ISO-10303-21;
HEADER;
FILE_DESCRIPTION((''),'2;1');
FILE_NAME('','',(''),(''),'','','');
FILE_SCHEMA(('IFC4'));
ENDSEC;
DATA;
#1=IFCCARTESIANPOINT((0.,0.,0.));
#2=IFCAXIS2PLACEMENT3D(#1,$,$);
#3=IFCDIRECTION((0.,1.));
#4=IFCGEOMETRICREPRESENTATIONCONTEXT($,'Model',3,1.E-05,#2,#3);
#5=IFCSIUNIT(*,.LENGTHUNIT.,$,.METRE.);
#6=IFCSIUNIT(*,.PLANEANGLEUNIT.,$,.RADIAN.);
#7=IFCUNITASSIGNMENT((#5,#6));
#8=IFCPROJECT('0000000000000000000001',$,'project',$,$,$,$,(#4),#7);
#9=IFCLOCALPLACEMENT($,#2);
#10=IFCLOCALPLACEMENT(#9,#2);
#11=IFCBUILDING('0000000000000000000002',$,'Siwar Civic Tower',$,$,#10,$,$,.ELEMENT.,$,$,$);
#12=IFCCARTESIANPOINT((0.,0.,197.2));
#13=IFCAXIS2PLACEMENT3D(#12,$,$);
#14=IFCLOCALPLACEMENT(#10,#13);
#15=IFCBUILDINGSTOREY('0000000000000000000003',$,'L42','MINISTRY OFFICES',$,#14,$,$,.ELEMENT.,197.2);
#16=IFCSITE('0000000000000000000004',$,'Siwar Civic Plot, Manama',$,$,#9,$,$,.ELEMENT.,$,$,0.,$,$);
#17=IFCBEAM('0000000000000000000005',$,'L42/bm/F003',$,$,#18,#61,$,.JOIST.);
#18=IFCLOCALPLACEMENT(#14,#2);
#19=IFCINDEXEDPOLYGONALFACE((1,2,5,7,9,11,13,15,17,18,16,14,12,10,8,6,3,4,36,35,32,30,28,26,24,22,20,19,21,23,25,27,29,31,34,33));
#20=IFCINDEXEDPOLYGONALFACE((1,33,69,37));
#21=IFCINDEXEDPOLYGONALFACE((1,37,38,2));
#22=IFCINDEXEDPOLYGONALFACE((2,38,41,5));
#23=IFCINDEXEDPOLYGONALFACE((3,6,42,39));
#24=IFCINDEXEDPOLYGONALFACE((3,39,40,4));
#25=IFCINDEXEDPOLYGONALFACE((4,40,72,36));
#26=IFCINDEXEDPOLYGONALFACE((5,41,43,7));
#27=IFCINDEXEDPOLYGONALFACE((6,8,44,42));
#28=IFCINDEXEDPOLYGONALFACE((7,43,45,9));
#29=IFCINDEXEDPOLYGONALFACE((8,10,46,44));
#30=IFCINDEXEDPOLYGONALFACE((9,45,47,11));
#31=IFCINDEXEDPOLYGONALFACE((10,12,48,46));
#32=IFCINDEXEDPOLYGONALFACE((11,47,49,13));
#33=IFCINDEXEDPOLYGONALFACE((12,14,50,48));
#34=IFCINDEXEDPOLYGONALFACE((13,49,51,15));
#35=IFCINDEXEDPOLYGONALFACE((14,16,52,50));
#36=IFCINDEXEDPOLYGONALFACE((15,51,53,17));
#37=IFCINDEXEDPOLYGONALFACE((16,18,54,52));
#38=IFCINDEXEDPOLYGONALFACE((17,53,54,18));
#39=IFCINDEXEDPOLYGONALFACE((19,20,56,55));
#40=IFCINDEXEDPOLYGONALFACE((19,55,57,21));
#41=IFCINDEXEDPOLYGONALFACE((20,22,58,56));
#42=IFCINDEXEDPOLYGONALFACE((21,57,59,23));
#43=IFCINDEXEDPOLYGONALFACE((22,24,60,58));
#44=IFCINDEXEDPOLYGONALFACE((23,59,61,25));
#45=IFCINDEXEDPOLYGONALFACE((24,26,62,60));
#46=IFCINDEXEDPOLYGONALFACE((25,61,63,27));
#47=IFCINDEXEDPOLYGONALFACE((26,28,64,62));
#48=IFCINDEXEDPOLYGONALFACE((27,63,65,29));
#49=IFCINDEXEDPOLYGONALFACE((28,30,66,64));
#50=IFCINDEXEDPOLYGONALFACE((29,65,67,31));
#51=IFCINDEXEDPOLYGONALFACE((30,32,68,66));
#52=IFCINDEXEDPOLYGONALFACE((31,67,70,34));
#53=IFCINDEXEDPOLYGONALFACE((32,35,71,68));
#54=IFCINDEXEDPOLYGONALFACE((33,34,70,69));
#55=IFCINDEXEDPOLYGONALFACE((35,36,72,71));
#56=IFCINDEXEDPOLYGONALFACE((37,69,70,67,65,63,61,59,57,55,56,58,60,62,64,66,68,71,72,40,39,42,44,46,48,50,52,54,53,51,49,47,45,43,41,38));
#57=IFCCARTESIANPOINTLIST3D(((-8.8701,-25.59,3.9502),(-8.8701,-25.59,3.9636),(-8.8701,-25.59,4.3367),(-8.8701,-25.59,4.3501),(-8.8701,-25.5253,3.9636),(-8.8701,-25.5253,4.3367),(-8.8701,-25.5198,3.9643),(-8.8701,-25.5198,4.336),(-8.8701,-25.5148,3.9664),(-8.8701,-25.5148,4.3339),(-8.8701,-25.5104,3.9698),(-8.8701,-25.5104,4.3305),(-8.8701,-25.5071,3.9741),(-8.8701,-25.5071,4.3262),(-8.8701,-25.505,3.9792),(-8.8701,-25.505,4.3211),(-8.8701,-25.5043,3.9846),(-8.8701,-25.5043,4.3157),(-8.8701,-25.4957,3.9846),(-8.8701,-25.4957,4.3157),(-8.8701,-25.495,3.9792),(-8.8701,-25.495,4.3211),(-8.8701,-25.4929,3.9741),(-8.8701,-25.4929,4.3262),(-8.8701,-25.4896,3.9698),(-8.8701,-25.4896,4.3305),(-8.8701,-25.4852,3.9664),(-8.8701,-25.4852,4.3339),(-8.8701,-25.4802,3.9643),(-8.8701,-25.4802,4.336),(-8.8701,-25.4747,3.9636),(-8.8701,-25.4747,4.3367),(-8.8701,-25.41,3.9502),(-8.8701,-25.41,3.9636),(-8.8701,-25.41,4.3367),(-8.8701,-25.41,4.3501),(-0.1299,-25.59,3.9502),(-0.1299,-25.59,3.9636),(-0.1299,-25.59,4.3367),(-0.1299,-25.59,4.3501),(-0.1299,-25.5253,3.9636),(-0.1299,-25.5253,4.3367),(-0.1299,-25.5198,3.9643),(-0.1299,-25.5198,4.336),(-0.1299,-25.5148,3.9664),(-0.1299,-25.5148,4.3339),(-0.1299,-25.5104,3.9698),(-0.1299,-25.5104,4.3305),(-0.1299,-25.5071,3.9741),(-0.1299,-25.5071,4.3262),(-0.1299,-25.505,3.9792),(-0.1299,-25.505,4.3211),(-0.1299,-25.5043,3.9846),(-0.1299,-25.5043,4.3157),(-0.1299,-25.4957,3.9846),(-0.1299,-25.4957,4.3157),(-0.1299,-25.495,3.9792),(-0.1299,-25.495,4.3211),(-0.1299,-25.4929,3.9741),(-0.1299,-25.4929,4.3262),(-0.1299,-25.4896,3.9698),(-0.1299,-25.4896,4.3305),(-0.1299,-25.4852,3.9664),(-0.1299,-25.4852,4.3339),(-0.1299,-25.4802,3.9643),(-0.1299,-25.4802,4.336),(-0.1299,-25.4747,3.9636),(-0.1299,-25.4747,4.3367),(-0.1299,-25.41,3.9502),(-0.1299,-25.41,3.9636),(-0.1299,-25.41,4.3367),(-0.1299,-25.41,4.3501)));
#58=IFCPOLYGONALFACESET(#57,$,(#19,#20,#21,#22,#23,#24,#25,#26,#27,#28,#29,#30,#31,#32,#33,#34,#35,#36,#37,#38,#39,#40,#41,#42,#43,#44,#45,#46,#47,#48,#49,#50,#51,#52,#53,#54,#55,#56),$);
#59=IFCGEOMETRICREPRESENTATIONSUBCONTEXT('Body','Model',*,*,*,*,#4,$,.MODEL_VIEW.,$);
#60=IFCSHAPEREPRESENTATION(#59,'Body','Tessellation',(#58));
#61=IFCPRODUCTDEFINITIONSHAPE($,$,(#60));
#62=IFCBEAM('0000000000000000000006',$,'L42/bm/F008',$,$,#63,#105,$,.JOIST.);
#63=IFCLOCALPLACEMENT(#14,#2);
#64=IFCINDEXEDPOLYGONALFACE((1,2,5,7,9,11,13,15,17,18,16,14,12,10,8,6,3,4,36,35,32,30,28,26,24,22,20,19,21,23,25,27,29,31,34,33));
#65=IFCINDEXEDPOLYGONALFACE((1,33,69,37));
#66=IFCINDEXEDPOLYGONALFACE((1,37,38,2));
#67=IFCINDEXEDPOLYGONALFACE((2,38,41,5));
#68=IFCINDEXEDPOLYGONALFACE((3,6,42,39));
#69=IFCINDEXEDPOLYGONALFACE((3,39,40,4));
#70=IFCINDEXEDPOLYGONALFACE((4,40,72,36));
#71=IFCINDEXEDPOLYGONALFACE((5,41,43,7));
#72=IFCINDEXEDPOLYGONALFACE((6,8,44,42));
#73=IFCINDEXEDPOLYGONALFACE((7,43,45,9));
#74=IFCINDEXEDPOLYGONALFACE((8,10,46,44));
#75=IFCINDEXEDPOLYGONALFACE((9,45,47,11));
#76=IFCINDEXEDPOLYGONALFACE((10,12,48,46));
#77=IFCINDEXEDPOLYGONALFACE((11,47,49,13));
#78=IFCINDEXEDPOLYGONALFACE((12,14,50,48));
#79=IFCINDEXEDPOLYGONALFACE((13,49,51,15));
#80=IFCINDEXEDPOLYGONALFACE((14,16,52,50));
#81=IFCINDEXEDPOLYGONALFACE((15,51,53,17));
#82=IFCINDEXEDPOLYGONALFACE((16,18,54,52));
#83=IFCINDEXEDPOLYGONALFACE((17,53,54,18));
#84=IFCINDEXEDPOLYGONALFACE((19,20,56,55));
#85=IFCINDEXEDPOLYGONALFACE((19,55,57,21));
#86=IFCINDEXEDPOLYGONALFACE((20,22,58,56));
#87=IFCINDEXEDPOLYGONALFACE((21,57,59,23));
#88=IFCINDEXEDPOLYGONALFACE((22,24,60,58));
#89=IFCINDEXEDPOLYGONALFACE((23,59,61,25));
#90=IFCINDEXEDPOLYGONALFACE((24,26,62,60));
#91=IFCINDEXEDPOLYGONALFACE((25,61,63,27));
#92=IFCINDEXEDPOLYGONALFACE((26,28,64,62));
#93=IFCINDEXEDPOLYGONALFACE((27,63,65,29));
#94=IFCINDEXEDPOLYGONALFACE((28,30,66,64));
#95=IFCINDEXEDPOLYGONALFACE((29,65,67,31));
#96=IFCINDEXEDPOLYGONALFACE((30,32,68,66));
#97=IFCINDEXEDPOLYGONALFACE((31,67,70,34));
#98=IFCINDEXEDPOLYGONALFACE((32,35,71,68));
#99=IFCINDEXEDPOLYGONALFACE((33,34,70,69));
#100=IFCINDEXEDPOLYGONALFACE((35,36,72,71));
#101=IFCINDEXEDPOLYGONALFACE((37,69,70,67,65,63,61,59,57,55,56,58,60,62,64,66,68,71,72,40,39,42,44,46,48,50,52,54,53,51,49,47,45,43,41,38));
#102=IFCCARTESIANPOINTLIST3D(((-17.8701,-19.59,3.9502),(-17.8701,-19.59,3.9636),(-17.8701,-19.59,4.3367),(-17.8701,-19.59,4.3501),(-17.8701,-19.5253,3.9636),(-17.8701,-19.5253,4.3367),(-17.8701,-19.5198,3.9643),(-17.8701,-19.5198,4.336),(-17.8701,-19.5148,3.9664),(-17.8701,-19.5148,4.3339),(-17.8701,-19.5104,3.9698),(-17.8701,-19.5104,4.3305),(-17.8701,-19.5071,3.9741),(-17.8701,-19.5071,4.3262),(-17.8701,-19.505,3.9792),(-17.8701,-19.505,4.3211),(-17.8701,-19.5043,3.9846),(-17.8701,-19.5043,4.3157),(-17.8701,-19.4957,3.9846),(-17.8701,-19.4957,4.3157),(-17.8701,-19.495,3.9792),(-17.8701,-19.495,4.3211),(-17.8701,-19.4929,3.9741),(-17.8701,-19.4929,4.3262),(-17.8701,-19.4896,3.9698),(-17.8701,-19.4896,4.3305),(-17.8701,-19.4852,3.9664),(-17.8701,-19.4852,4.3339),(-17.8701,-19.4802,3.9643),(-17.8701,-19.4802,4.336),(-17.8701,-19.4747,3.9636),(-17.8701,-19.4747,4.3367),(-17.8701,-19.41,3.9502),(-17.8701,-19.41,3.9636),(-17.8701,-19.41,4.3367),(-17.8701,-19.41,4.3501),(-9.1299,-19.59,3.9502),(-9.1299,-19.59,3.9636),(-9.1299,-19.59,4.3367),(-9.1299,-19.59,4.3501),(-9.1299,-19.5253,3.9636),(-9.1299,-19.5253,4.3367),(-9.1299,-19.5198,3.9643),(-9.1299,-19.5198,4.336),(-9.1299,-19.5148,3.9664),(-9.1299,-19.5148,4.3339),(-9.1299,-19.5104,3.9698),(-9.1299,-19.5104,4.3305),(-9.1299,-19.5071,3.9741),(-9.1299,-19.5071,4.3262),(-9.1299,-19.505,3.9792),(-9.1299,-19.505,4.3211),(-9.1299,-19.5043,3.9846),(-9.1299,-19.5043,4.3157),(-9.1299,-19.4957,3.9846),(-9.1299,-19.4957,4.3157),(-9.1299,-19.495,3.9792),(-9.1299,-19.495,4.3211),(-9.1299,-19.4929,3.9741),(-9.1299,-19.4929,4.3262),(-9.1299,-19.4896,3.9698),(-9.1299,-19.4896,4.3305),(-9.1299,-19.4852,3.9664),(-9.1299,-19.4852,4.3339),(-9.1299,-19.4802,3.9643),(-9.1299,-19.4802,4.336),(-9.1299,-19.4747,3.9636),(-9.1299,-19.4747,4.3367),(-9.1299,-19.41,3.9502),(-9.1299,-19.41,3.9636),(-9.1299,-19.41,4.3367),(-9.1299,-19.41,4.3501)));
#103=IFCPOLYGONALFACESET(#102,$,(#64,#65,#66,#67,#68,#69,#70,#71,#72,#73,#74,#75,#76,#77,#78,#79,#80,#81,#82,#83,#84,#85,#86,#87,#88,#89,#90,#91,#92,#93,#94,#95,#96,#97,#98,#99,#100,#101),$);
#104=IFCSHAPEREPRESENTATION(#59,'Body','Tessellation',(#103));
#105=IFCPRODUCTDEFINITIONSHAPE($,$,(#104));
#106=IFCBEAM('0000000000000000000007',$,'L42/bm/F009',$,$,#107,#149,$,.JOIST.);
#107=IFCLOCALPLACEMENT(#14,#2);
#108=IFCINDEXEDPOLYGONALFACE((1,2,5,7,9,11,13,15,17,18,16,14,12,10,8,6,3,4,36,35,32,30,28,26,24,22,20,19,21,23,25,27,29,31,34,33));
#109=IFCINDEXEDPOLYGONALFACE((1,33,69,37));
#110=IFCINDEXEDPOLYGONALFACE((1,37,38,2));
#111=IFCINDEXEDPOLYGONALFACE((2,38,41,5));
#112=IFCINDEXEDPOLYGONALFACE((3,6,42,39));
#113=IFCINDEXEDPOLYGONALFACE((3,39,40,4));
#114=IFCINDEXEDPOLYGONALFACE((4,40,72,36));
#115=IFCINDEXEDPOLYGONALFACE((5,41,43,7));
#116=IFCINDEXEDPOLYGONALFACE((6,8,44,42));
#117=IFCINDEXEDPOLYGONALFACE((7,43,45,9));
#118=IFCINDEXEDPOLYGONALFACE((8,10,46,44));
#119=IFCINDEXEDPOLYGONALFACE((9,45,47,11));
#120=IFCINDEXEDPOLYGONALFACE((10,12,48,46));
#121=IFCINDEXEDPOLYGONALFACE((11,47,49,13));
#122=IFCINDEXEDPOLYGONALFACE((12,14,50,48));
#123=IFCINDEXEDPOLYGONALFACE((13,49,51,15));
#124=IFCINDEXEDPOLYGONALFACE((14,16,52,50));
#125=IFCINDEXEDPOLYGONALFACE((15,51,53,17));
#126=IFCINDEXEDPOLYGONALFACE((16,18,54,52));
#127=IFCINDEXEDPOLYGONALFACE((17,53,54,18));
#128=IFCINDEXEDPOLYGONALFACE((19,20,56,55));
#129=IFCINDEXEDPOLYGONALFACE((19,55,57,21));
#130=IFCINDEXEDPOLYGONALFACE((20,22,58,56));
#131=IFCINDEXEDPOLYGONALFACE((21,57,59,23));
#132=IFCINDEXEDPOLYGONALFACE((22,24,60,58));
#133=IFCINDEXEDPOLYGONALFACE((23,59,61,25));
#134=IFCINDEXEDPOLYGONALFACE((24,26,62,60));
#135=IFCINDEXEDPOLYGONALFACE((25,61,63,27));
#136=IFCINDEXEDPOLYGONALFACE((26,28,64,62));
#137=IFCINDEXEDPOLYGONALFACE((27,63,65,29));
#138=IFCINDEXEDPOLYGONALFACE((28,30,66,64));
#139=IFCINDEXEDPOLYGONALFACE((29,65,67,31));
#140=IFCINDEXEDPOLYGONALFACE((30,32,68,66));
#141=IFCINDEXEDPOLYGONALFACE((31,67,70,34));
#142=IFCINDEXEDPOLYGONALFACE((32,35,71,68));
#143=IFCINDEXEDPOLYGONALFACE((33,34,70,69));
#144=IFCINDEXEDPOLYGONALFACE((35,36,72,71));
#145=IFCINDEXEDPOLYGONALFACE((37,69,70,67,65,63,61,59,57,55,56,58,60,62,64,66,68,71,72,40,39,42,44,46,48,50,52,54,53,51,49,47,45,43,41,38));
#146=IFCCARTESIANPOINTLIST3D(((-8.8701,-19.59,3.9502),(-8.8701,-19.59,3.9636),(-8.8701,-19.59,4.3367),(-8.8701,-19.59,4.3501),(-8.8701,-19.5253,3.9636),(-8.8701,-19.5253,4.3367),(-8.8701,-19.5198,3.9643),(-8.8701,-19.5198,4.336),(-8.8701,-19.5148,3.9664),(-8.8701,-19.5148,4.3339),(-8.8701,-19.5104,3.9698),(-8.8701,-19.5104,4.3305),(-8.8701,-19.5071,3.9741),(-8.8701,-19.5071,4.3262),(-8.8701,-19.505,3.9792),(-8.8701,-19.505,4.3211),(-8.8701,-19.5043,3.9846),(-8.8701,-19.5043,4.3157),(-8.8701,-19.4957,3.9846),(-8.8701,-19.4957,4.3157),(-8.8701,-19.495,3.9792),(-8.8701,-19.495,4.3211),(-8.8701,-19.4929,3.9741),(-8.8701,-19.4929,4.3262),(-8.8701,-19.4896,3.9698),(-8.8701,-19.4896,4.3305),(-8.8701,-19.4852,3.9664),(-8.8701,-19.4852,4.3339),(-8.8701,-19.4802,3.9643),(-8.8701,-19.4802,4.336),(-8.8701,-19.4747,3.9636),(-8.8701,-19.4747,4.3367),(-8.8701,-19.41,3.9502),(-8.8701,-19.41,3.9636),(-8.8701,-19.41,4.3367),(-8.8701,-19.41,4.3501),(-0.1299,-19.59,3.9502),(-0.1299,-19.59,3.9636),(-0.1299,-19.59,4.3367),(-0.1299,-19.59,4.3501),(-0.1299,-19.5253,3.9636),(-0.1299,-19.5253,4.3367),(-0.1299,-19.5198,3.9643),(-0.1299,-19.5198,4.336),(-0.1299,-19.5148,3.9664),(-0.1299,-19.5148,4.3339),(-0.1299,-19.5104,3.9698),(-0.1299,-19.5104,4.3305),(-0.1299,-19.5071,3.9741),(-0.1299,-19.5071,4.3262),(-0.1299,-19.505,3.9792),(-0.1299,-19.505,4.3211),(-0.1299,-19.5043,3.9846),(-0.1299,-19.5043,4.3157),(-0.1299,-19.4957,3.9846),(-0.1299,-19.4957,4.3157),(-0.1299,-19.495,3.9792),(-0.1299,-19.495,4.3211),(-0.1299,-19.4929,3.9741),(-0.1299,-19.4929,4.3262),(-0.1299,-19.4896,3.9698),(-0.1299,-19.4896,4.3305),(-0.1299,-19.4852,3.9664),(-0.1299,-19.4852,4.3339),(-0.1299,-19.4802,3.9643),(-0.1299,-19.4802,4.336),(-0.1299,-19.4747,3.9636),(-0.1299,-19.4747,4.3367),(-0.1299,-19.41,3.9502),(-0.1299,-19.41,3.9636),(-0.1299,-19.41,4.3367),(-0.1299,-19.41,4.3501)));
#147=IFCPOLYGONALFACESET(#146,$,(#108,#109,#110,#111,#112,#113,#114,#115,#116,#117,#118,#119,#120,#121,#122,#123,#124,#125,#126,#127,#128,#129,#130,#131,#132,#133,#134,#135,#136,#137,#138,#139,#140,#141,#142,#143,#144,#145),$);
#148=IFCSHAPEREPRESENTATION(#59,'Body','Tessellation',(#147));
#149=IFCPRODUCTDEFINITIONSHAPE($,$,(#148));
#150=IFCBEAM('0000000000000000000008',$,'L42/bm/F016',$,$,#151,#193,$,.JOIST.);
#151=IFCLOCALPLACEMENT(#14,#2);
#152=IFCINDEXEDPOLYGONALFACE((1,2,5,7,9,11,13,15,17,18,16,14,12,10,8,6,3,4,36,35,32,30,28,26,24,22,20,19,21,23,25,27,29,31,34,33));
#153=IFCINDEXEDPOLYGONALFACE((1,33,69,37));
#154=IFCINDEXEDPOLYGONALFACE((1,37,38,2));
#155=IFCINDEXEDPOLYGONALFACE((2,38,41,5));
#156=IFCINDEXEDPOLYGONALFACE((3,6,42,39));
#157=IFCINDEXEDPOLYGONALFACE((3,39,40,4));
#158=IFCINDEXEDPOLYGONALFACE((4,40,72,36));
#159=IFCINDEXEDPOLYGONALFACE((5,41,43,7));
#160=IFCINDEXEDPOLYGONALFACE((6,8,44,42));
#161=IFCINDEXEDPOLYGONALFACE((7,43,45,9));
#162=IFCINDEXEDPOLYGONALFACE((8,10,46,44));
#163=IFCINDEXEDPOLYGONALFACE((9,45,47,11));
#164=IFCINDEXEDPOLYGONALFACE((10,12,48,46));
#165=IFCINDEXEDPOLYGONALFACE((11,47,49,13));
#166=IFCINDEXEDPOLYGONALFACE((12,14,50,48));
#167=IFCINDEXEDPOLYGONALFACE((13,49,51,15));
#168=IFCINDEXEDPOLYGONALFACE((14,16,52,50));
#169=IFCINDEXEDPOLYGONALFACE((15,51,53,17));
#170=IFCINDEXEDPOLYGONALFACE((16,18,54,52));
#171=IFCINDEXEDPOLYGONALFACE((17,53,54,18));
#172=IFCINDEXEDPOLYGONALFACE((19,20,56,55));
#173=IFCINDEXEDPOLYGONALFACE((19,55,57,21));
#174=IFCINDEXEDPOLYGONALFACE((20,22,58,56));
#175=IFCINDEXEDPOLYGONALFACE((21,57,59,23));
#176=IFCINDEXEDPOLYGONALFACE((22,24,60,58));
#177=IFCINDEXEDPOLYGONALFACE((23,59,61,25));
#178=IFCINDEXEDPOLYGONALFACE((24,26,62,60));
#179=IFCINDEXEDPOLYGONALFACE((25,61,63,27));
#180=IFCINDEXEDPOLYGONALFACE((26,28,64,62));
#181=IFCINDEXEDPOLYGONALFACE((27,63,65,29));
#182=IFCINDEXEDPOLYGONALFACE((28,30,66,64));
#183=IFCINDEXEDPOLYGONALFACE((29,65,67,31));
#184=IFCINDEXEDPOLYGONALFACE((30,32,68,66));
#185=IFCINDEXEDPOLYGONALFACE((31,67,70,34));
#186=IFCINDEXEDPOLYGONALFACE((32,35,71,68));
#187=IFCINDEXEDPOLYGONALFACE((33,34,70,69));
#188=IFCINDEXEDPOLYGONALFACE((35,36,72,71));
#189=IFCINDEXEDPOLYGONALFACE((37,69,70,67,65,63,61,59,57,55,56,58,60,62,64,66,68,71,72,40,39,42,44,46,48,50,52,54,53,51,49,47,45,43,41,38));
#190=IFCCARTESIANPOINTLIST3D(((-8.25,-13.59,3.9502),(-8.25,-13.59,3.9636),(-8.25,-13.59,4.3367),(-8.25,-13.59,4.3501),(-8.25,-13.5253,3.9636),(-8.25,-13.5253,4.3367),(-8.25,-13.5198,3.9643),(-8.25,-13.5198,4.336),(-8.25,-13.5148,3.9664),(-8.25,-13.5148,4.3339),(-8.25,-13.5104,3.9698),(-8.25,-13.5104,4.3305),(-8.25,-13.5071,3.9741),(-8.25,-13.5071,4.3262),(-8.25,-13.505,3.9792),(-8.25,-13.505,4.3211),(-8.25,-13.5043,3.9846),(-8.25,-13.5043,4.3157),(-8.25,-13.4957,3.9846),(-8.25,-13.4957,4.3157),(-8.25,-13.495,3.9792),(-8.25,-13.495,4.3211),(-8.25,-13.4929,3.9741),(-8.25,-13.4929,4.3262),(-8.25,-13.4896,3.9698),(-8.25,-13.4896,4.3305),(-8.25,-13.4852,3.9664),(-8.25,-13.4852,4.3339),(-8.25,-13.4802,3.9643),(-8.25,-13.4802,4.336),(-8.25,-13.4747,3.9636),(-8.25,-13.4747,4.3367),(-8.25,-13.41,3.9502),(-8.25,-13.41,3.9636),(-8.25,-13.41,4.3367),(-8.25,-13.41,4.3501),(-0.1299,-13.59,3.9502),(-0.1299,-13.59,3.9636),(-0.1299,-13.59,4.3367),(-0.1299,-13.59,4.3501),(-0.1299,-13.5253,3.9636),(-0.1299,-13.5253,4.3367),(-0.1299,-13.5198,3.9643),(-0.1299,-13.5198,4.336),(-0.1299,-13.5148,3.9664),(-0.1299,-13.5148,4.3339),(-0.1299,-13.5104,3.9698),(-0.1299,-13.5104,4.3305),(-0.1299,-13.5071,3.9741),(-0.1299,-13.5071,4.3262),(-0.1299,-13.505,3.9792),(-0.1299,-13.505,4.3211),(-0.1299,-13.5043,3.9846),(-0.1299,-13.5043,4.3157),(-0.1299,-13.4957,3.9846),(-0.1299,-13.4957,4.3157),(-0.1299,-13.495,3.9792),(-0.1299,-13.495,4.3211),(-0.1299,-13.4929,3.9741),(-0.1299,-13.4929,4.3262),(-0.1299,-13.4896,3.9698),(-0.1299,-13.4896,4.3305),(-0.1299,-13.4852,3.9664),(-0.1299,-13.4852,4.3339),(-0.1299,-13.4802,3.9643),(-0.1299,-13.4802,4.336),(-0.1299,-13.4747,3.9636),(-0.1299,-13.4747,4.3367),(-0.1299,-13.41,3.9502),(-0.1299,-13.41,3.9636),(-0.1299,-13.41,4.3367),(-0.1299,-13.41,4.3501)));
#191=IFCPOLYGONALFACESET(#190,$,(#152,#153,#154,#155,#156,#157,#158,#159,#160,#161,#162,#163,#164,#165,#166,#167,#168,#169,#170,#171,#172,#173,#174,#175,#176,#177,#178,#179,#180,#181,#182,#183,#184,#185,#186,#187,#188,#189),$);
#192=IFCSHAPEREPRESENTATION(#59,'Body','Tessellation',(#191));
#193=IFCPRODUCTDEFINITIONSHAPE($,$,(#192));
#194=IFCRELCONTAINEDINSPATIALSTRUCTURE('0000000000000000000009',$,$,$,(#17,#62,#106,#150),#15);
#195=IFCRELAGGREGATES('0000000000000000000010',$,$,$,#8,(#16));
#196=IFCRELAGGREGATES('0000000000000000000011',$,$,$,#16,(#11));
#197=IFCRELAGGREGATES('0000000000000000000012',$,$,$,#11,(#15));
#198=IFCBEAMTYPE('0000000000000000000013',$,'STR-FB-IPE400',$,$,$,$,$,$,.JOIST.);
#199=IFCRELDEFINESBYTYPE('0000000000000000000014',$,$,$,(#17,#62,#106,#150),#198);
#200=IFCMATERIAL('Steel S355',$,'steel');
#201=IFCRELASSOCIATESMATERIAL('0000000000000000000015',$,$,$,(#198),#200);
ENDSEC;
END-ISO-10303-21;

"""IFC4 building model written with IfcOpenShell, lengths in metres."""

from ifc_helpers import new_model, si_unit, direction, frame, origin, origin_2d, place, context, subcontext, project, spatial, i_section, extrude, material, material_profile, profile_set, type_object, element, save


model = new_model("IFC4")

# Units and contexts
model_context = context("Model", 3, precision=1e-05, world=origin(), true_north=direction((0.0, 1.0)))
body_context = subcontext(model_context, "Body", "Model", "MODEL_VIEW")
ifc_project = project(units=[si_unit("LENGTHUNIT", "METRE"), si_unit("PLANEANGLEUNIT", "RADIAN")], contexts=[model_context])

# Site, building, storey
site_placement = place(None, origin())
site = spatial("IfcSite", under=ifc_project, at=site_placement, Name="Siwar Civic Plot, Manama", CompositionType="ELEMENT", RefElevation=0.0)
building_placement = place(site_placement, origin())
building = spatial("IfcBuilding", under=site, at=building_placement, Name="Siwar Civic Tower", CompositionType="ELEMENT")
storey_placement = place(building_placement, frame((0.0, 0.0, 197.2)))
storey = spatial("IfcBuildingStorey", under=building, at=storey_placement, Name="L42", Description="MINISTRY OFFICES", CompositionType="ELEMENT", Elevation=197.2)

# Beams
ifc_material_1 = material(Name="Steel S355", Category="steel")
ifc_material_profile_1 = material_profile(ifc_material_1, i_section(OverallWidth=0.1799, OverallDepth=0.3999, WebThickness=0.0085, FlangeThickness=0.0134, FilletRadius=0.021, at=origin_2d()), Name="IPE400")
ifc_profile_set_1 = profile_set([ifc_material_profile_1], Name="Steel S355")
beam_type_1 = type_object("IfcBeamType", Name="STR-FB-IPE400", PredefinedType="JOIST", material=ifc_profile_set_1)
for number, where, z_axis, x_axis, name in (
    (1, (-8.8701, -25.5, 4.1501), (1.0, 0.0, 0.0), (0.0, 1.0, 0.0), "L42/bm/F003"),
    (2, (-17.8701, -19.5, 4.1501), (1.0, 0.0, 0.0), (0.0, 1.0, 0.0), "L42/bm/F008"),
    (3, (-8.8701, -19.5, 4.1501), (1.0, 0.0, 0.0), (0.0, 1.0, 0.0), "L42/bm/F009"),
):
    element("IfcBeam", number, at=place(storey_placement, frame(where, z_axis=z_axis, x_axis=x_axis)), inside=storey, type_object=beam_type_1, Name=name, PredefinedType="JOIST", context=body_context, shape_type="SweptSolid", body=[
        extrude(i_section(OverallWidth=0.1799, OverallDepth=0.3999, WebThickness=0.0085, FlangeThickness=0.0134, FilletRadius=0.021, at=origin_2d()), origin(), (0.0, 0.0, 1.0), 8.7402),
    ])
beam_1_placement = place(storey_placement, frame((-8.25, -13.5, 4.1501), z_axis=(1.0, 0.0, 0.0), x_axis=(0.0, 1.0, 0.0)))
element("IfcBeam", 4, at=beam_1_placement, inside=storey, type_object=beam_type_1, Name="L42/bm/F016", PredefinedType="JOIST", context=body_context, shape_type="SweptSolid", body=[
    extrude(i_section(OverallWidth=0.1799, OverallDepth=0.3999, WebThickness=0.0085, FlangeThickness=0.0134, FilletRadius=0.021, at=origin_2d()), origin(), (0.0, 0.0, 1.0), 8.1201),
])

save(model, "model.ifc")
